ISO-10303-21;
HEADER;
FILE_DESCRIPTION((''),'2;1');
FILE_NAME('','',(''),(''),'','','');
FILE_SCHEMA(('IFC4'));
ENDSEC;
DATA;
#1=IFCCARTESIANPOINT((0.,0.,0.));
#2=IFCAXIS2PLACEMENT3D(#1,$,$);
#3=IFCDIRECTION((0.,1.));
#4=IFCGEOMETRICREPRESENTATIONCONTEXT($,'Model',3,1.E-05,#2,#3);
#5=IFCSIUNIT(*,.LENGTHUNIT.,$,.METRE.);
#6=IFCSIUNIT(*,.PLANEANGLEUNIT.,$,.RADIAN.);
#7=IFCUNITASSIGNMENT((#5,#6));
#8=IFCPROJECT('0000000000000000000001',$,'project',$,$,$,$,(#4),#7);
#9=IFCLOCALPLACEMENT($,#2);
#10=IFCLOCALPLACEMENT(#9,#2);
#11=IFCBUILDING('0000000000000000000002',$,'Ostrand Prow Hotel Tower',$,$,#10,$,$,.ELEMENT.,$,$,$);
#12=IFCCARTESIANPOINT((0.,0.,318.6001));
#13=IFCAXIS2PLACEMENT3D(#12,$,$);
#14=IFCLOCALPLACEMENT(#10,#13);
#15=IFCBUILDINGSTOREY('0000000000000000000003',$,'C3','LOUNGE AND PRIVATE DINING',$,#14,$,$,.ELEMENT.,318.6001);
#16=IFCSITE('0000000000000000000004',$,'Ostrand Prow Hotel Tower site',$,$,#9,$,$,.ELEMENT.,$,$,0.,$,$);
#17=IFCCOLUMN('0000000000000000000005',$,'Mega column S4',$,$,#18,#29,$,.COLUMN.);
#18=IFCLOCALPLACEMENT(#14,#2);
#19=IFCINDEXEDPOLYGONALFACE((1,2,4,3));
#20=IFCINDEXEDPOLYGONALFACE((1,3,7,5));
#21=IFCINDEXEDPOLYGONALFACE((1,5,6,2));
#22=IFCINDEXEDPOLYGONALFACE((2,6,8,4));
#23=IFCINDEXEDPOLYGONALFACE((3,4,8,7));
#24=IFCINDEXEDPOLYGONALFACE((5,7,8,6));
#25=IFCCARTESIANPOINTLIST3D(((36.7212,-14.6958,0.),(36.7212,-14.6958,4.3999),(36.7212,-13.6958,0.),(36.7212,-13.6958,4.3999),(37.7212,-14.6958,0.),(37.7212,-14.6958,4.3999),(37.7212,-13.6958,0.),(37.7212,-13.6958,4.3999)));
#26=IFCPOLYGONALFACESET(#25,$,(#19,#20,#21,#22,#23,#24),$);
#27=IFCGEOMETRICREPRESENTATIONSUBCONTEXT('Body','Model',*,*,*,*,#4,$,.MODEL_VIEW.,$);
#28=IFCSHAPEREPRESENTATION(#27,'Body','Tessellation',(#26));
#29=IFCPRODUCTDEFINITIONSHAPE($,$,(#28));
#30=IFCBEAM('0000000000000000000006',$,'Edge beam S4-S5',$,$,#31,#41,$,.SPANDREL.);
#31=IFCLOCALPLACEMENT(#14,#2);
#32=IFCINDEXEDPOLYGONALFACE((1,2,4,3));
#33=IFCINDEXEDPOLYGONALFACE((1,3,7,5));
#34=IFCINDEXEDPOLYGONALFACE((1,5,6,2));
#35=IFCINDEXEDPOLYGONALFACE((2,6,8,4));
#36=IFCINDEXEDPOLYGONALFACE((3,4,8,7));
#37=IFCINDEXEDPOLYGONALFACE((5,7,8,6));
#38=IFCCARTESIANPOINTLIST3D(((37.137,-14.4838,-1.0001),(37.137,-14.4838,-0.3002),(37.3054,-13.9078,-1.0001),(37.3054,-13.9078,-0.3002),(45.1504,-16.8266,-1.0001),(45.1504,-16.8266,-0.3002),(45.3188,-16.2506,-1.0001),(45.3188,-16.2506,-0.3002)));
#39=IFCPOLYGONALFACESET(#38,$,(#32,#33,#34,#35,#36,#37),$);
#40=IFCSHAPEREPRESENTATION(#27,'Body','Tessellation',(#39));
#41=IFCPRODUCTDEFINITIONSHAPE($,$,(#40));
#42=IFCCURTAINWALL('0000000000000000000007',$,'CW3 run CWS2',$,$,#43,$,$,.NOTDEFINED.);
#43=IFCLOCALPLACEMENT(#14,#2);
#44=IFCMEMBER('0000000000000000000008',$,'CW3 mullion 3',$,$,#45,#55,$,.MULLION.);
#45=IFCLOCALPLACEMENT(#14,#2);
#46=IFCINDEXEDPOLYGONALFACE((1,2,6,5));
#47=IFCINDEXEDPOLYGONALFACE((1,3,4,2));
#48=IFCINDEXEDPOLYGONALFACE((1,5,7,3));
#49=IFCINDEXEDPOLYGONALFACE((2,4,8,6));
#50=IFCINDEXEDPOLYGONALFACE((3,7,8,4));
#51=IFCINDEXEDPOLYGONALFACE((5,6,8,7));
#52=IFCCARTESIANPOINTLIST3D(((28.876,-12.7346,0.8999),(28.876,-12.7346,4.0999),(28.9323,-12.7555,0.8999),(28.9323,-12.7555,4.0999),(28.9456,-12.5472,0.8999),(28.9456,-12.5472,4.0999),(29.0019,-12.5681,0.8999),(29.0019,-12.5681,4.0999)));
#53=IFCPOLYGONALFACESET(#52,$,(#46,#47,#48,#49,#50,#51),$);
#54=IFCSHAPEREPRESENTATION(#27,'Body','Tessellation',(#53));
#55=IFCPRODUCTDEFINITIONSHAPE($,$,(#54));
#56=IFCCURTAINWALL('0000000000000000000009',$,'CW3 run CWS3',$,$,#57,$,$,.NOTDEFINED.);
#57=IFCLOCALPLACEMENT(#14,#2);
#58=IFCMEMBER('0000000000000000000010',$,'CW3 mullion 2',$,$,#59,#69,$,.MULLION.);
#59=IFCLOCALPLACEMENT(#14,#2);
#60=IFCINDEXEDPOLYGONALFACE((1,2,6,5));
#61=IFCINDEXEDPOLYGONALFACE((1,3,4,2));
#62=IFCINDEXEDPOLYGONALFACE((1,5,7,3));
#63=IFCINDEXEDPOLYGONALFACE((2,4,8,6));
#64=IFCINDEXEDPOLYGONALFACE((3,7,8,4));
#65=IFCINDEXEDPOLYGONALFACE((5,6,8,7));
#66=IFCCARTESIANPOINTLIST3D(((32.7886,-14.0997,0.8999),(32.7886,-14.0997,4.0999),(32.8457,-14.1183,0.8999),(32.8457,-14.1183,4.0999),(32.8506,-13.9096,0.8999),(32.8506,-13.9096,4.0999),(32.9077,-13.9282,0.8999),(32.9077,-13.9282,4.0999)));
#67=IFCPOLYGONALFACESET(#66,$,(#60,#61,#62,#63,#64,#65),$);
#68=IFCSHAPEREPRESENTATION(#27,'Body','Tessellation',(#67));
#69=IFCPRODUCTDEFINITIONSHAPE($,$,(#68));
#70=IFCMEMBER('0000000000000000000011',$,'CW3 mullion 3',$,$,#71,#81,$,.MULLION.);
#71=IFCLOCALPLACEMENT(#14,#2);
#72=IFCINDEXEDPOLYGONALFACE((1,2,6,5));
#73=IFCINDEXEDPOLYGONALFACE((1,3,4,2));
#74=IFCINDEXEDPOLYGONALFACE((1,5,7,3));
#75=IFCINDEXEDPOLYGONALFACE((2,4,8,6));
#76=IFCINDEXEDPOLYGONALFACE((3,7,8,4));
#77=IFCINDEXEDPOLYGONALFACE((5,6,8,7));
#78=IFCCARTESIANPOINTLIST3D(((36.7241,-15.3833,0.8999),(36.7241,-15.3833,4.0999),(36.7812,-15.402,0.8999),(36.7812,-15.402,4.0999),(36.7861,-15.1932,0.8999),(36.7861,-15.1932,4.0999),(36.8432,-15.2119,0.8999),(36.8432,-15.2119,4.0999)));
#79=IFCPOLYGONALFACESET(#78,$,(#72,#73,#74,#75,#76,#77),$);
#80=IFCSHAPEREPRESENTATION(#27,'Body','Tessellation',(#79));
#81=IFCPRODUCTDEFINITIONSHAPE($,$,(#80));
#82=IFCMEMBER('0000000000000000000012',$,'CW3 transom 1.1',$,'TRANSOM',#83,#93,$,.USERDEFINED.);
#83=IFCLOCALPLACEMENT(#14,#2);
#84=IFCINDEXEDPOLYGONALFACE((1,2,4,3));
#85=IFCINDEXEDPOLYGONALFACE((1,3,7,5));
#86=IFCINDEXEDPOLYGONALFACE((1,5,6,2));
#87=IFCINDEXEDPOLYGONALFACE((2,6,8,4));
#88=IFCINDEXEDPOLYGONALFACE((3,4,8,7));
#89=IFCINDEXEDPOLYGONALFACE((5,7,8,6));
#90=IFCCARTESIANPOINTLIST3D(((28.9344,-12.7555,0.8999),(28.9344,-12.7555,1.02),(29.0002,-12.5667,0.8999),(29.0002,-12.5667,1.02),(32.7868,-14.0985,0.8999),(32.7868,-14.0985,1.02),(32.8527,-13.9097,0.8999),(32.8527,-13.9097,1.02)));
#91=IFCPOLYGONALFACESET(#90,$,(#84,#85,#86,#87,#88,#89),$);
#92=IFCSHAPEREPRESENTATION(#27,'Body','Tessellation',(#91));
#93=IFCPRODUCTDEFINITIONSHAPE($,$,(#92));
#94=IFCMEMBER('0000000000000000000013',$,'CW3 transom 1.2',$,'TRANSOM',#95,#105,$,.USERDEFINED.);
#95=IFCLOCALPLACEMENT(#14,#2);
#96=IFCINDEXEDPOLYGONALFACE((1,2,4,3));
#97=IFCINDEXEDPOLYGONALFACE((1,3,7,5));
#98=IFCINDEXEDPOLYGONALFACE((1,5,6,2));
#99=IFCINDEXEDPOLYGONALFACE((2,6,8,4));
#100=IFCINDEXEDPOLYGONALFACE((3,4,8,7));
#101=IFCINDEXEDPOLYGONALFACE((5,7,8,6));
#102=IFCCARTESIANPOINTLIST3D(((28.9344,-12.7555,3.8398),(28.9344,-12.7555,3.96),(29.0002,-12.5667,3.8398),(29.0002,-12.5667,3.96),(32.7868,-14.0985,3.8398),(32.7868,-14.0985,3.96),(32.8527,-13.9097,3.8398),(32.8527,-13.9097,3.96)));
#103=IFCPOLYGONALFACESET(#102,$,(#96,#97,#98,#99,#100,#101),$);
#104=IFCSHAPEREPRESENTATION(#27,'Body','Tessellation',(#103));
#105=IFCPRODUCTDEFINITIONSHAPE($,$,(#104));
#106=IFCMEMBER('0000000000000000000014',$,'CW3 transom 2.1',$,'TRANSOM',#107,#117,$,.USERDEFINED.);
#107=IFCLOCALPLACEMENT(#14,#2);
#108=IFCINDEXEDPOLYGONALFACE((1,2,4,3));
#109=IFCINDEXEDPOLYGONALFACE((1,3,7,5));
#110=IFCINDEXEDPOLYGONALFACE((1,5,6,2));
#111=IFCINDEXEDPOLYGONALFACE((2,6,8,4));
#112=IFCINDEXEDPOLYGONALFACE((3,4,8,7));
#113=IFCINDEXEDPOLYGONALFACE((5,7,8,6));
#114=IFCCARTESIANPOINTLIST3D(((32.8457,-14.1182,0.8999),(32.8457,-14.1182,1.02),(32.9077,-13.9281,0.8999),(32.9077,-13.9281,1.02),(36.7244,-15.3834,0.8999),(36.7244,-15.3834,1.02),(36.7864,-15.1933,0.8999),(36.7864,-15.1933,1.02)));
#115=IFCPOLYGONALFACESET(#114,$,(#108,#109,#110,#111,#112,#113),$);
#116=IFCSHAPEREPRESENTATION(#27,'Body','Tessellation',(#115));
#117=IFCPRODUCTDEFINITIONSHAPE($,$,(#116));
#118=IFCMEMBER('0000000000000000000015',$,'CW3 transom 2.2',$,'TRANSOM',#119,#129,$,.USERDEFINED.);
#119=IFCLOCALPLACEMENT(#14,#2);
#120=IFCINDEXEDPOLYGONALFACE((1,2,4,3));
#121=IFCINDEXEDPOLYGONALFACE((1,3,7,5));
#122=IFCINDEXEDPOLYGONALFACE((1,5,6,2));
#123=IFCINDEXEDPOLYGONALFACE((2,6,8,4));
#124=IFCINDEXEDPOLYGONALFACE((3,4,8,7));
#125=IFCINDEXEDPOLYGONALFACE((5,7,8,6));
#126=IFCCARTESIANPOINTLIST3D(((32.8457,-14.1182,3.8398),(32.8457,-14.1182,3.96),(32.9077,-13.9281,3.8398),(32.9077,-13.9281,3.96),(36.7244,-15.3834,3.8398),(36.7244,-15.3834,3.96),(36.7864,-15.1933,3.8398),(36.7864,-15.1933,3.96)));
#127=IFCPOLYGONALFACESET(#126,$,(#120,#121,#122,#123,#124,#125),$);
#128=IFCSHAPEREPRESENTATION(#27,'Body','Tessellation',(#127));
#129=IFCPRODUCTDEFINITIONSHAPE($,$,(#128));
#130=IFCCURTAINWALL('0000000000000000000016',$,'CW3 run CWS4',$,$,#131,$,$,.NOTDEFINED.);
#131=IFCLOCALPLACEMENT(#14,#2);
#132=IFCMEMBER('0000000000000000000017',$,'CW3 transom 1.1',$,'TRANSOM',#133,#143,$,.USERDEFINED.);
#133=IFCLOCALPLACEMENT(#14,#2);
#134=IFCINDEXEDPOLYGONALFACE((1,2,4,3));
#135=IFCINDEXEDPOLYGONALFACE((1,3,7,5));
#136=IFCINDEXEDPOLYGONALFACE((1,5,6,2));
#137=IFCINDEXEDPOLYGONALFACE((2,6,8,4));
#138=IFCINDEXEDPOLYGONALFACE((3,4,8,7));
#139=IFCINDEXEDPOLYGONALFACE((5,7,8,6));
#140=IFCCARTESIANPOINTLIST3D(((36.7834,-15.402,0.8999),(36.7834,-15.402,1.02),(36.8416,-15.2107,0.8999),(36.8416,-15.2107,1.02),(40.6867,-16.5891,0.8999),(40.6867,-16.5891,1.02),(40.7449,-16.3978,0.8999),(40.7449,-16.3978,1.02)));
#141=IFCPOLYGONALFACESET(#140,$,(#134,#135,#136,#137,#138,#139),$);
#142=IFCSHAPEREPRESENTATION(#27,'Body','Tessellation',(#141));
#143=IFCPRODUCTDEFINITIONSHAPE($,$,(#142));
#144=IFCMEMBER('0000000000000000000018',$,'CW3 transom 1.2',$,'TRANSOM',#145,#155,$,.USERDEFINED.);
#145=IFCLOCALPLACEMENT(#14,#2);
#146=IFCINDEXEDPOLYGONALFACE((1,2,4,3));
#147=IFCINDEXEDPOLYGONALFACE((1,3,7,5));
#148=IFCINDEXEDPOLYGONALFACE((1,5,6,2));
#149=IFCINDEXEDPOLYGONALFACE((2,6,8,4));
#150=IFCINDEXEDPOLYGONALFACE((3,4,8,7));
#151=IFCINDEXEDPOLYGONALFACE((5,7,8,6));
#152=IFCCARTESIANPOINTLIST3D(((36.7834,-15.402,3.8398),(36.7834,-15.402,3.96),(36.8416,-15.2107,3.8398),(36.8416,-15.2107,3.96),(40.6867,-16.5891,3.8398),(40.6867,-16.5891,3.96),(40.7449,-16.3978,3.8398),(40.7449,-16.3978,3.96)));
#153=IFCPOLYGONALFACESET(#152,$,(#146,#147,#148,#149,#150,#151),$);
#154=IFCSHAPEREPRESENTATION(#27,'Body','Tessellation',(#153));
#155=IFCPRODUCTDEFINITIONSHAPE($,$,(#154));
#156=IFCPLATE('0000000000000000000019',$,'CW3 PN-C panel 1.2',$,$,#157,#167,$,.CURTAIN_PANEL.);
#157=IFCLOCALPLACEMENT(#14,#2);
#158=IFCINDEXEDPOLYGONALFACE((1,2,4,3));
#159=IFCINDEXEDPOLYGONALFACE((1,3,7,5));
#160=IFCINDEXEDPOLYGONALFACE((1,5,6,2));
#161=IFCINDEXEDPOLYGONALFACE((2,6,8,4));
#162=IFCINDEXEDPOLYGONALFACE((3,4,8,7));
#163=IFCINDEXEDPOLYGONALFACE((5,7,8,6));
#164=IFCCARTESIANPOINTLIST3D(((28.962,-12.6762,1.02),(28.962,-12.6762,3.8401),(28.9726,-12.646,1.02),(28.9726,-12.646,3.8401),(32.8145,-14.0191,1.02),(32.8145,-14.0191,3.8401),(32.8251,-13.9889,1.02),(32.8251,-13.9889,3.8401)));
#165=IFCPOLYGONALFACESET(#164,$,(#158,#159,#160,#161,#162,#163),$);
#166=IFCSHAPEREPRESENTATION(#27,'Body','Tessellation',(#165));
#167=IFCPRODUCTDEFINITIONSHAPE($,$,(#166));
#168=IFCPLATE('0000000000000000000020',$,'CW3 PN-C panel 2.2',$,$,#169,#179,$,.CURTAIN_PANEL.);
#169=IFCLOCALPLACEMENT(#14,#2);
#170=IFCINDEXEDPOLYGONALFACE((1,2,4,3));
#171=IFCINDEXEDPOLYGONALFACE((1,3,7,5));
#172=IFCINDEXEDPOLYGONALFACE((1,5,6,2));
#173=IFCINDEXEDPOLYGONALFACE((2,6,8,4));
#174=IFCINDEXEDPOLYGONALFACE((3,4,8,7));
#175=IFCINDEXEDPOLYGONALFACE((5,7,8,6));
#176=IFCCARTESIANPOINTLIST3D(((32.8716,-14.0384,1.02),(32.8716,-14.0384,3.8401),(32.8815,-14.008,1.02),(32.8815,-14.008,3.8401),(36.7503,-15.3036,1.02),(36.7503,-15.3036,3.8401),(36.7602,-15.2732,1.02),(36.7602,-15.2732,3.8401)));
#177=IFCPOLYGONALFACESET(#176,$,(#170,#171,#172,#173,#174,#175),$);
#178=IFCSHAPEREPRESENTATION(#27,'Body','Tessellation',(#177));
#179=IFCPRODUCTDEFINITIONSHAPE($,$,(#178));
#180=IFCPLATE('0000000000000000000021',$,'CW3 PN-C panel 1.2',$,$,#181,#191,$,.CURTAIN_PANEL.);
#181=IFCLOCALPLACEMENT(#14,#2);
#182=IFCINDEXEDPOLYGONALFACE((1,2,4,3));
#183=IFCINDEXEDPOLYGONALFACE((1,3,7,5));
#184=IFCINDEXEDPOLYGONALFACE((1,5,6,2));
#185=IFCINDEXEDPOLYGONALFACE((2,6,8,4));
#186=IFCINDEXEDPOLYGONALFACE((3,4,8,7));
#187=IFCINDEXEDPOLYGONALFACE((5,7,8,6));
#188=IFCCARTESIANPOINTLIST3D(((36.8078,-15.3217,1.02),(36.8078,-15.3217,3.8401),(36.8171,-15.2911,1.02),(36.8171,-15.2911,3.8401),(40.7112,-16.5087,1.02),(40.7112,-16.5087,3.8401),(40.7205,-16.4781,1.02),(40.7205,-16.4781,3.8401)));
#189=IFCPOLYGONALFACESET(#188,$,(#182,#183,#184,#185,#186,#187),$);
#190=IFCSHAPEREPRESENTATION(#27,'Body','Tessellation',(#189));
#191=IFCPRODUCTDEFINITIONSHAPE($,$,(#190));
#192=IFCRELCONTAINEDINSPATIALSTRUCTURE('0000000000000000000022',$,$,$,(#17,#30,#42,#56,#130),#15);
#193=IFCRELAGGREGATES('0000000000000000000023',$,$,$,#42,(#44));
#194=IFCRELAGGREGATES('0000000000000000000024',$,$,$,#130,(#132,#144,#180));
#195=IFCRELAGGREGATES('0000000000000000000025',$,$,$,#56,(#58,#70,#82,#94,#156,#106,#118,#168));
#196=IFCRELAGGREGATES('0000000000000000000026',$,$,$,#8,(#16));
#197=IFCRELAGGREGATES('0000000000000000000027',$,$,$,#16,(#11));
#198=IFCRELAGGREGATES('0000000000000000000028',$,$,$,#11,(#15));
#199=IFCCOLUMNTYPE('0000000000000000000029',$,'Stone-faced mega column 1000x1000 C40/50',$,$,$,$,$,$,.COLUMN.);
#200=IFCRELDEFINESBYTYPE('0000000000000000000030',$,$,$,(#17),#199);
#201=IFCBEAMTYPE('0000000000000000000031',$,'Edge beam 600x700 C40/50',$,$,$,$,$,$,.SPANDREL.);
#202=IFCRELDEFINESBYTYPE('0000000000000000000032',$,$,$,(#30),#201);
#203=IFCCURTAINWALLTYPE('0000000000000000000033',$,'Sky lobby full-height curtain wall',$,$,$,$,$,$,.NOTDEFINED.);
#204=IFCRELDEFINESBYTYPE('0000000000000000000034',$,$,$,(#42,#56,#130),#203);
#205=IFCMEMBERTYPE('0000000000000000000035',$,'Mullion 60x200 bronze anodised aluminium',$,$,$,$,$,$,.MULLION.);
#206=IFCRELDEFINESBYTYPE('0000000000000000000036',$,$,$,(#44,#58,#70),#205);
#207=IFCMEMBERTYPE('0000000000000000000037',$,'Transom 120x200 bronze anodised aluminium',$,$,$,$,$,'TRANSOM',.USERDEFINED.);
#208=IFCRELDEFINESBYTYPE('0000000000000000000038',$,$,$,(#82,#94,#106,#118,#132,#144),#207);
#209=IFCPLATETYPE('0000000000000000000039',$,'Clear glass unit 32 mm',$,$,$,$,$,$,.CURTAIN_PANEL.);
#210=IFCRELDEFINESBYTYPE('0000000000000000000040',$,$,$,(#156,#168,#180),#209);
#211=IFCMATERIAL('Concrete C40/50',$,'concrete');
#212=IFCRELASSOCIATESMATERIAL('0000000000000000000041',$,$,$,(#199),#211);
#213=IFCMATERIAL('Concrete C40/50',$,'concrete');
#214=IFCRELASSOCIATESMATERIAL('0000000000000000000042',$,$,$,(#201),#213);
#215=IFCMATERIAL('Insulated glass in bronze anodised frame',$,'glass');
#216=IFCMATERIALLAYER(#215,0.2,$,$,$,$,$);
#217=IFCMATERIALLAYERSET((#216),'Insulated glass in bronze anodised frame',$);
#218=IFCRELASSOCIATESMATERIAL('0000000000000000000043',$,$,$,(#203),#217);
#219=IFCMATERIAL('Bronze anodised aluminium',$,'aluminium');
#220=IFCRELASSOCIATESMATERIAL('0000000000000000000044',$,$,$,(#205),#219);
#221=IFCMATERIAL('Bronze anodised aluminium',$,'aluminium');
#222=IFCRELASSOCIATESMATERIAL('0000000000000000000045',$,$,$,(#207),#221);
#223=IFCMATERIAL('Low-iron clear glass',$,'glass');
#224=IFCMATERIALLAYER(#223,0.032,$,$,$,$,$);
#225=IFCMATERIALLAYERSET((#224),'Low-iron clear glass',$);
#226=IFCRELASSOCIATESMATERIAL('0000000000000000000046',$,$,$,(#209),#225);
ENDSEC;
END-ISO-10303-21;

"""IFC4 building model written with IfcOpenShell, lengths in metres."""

from ifc_helpers import new_model, si_unit, direction, frame, origin, origin_2d, place, context, subcontext, project, spatial, rectangle, extrude, material, layer, layer_set, material_profile, profile_set, type_object, element, aggregate, save


model = new_model("IFC4")

# Units and contexts
model_context = context("Model", 3, precision=1e-05, world=origin(), true_north=direction((0.0, 1.0)))
body_context = subcontext(model_context, "Body", "Model", "MODEL_VIEW")
ifc_project = project(units=[si_unit("LENGTHUNIT", "METRE"), si_unit("PLANEANGLEUNIT", "RADIAN")], contexts=[model_context])

# Site, building, storey
site_placement = place(None, origin())
site = spatial("IfcSite", under=ifc_project, at=site_placement, Name="Ostrand Prow Hotel Tower site", CompositionType="ELEMENT", RefElevation=0.0)
building_placement = place(site_placement, origin())
building = spatial("IfcBuilding", under=site, at=building_placement, Name="Ostrand Prow Hotel Tower", CompositionType="ELEMENT")
storey_placement = place(building_placement, frame((0.0, 0.0, 318.6001)))
storey = spatial("IfcBuildingStorey", under=building, at=storey_placement, Name="C3", Description="LOUNGE AND PRIVATE DINING", CompositionType="ELEMENT", Elevation=318.6001)

# Column
ifc_material_1 = material(Name="Concrete C40/50", Category="concrete")
ifc_material_profile_1 = material_profile(ifc_material_1, rectangle(XDim=1.0, YDim=1.0, at=origin_2d()), Name="RC 1000x1000")
ifc_profile_set_1 = profile_set([ifc_material_profile_1], Name="Concrete C40/50")
column_type = type_object("IfcColumnType", Name="Stone-faced mega column 1000x1000 C40/50", PredefinedType="COLUMN", material=ifc_profile_set_1)
column_placement = place(storey_placement, frame((37.2212, -14.1958, 0.0), z_axis=(0.0, 0.0, 1.0), x_axis=(1.0, 0.0, 0.0)))
element("IfcColumn", 1, at=column_placement, inside=storey, type_object=column_type, Name="Mega column S4", PredefinedType="COLUMN", context=body_context, shape_type="SweptSolid", body=[
    extrude(rectangle(XDim=1.0, YDim=1.0, at=origin_2d()), origin(), (0.0, 0.0, 1.0), 4.3999),
])

# Beam
ifc_material_2 = material(Name="Concrete C40/50", Category="concrete")
ifc_material_profile_2 = material_profile(ifc_material_2, rectangle(XDim=0.6001, YDim=0.7, at=origin_2d()), Name="RC 600x700")
ifc_profile_set_2 = profile_set([ifc_material_profile_2], Name="Concrete C40/50")
beam_type = type_object("IfcBeamType", Name="Edge beam 600x700 C40/50", PredefinedType="SPANDREL", material=ifc_profile_set_2)
beam_placement = place(storey_placement, frame((37.2212, -14.1958, -0.6501), z_axis=(0.959822, -0.28061, 0.0), x_axis=(0.28061, 0.959822, 0.0)))
element("IfcBeam", 2, at=beam_placement, inside=storey, type_object=beam_type, Name="Edge beam S4-S5", PredefinedType="SPANDREL", context=body_context, shape_type="SweptSolid", body=[
    extrude(rectangle(XDim=0.6001, YDim=0.7, at=origin_2d()), origin(), (0.0, 0.0, 1.0), 8.3489),
])

# Curtain wall, member
ifc_material_3 = material(Name="Insulated glass in bronze anodised frame", Category="glass")
ifc_layer_1 = layer(ifc_material_3, 0.2)
ifc_layer_set_1 = layer_set([ifc_layer_1], Name="Insulated glass in bronze anodised frame")
curtain_wall_type = type_object("IfcCurtainWallType", Name="Sky lobby full-height curtain wall", PredefinedType="NOTDEFINED", material=ifc_layer_set_1)
curtain_wall_1_placement = place(storey_placement, origin())
curtain_wall_1 = element("IfcCurtainWall", 3, at=curtain_wall_1_placement, inside=storey, type_object=curtain_wall_type, Name="CW3 run CWS2", PredefinedType="NOTDEFINED")
ifc_material_4 = material(Name="Bronze anodised aluminium", Category="aluminium")
ifc_material_profile_3 = material_profile(ifc_material_4, rectangle(XDim=0.2, YDim=0.0601, at=origin_2d()), Name="Mullion 60x200 bronze anodised aluminium")
ifc_profile_set_3 = profile_set([ifc_material_profile_3], Name="Bronze anodised aluminium")
member_type_1 = type_object("IfcMemberType", Name="Mullion 60x200 bronze anodised aluminium", PredefinedType="MULLION", material=ifc_profile_set_3)
member_1_placement = place(storey_placement, frame((28.939, -12.6514, 0.8999), z_axis=(0.0, 0.0, 1.0), x_axis=(0.348071, 0.937468, 0.0)))
member_1 = element("IfcMember", 4, at=member_1_placement, type_object=member_type_1, Name="CW3 mullion 3", PredefinedType="MULLION", context=body_context, shape_type="SweptSolid", body=[
    extrude(rectangle(XDim=0.2, YDim=0.0601, at=origin_2d()), origin(), (0.0, 0.0, 1.0), 3.2),
])
aggregate(curtain_wall_1, [member_1])

# Curtain walls, members
curtain_wall_2_placement = place(storey_placement, origin())
curtain_wall_2 = element("IfcCurtainWall", 5, at=curtain_wall_2_placement, inside=storey, type_object=curtain_wall_type, Name="CW3 run CWS3", PredefinedType="NOTDEFINED")
member_2_placement = place(storey_placement, frame((32.8481, -14.0139, 0.8999), z_axis=(0.0, 0.0, 1.0), x_axis=(0.310111, 0.9507, 0.0)))
member_2 = element("IfcMember", 6, at=member_2_placement, type_object=member_type_1, Name="CW3 mullion 2", PredefinedType="MULLION", context=body_context, shape_type="SweptSolid", body=[
    extrude(rectangle(XDim=0.2, YDim=0.0601, at=origin_2d()), origin(), (0.0, 0.0, 1.0), 3.2),
])
member_3_placement = place(storey_placement, frame((36.7837, -15.2976, 0.8999), z_axis=(0.0, 0.0, 1.0), x_axis=(0.310111, 0.9507, 0.0)))
member_3 = element("IfcMember", 7, at=member_3_placement, type_object=member_type_1, Name="CW3 mullion 3", PredefinedType="MULLION", context=body_context, shape_type="SweptSolid", body=[
    extrude(rectangle(XDim=0.2, YDim=0.0601, at=origin_2d()), origin(), (0.0, 0.0, 1.0), 3.2),
])
ifc_material_5 = material(Name="Bronze anodised aluminium", Category="aluminium")
ifc_material_profile_4 = material_profile(ifc_material_5, rectangle(XDim=0.2, YDim=0.1201, at=origin_2d()), Name="Transom 120x200 bronze anodised aluminium")
ifc_profile_set_4 = profile_set([ifc_material_profile_4], Name="Bronze anodised aluminium")
member_type_2 = type_object("IfcMemberType", Name="Transom 120x200 bronze anodised aluminium", ElementType="TRANSOM", PredefinedType="USERDEFINED", material=ifc_profile_set_4)
member_4_placement = place(storey_placement, frame((28.9673, -12.6611, 0.96), z_axis=(0.944268, -0.329177, 0.0), x_axis=(0.329177, 0.944268, 0.0)))
member_4 = element("IfcMember", 8, at=member_4_placement, type_object=member_type_2, Name="CW3 transom 1.1", ObjectType="TRANSOM", PredefinedType="USERDEFINED", context=body_context, shape_type="SweptSolid", body=[
    extrude(rectangle(XDim=0.2, YDim=0.1201, at=origin_2d()), origin(), (0.0, 0.0, 1.0), 4.0798),
])
member_5_placement = place(storey_placement, frame((28.9673, -12.6611, 3.8999), z_axis=(0.944268, -0.329177, 0.0), x_axis=(0.329177, 0.944268, 0.0)))
member_5 = element("IfcMember", 9, at=member_5_placement, type_object=member_type_2, Name="CW3 transom 1.2", ObjectType="TRANSOM", PredefinedType="USERDEFINED", context=body_context, shape_type="SweptSolid", body=[
    extrude(rectangle(XDim=0.2, YDim=0.1201, at=origin_2d()), origin(), (0.0, 0.0, 1.0), 4.0798),
])
member_6_placement = place(storey_placement, frame((32.8767, -14.0232, 0.96), z_axis=(0.950704, -0.310099, 0.0), x_axis=(0.310099, 0.950704, 0.0)))
member_6 = element("IfcMember", 10, at=member_6_placement, type_object=member_type_2, Name="CW3 transom 2.1", ObjectType="TRANSOM", PredefinedType="USERDEFINED", context=body_context, shape_type="SweptSolid", body=[
    extrude(rectangle(XDim=0.2, YDim=0.1201, at=origin_2d()), origin(), (0.0, 0.0, 1.0), 4.0798),
])
member_7_placement = place(storey_placement, frame((32.8767, -14.0232, 3.8999), z_axis=(0.950704, -0.310099, 0.0), x_axis=(0.310099, 0.950704, 0.0)))
member_7 = element("IfcMember", 11, at=member_7_placement, type_object=member_type_2, Name="CW3 transom 2.2", ObjectType="TRANSOM", PredefinedType="USERDEFINED", context=body_context, shape_type="SweptSolid", body=[
    extrude(rectangle(XDim=0.2, YDim=0.1201, at=origin_2d()), origin(), (0.0, 0.0, 1.0), 4.0798),
])
curtain_wall_3_placement = place(storey_placement, origin())
curtain_wall_3 = element("IfcCurtainWall", 12, at=curtain_wall_3_placement, inside=storey, type_object=curtain_wall_type, Name="CW3 run CWS4", PredefinedType="NOTDEFINED")
member_8_placement = place(storey_placement, frame((36.8125, -15.3064, 0.96), z_axis=(0.956739, -0.290947, 0.0), x_axis=(0.290947, 0.956739, 0.0)))
member_8 = element("IfcMember", 13, at=member_8_placement, type_object=member_type_2, Name="CW3 transom 1.1", ObjectType="TRANSOM", PredefinedType="USERDEFINED", context=body_context, shape_type="SweptSolid", body=[
    extrude(rectangle(XDim=0.2, YDim=0.1201, at=origin_2d()), origin(), (0.0, 0.0, 1.0), 4.0798),
])
member_9_placement = place(storey_placement, frame((36.8125, -15.3064, 3.8999), z_axis=(0.956739, -0.290947, 0.0), x_axis=(0.290947, 0.956739, 0.0)))
member_9 = element("IfcMember", 14, at=member_9_placement, type_object=member_type_2, Name="CW3 transom 1.2", ObjectType="TRANSOM", PredefinedType="USERDEFINED", context=body_context, shape_type="SweptSolid", body=[
    extrude(rectangle(XDim=0.2, YDim=0.1201, at=origin_2d()), origin(), (0.0, 0.0, 1.0), 4.0798),
])

# Plates
ifc_material_6 = material(Name="Low-iron clear glass", Category="glass")
ifc_layer_2 = layer(ifc_material_6, 0.032)
ifc_layer_set_2 = layer_set([ifc_layer_2], Name="Low-iron clear glass")
plate_type_1 = type_object("IfcPlateType", Name="Clear glass unit 32 mm", PredefinedType="CURTAIN_PANEL", material=ifc_layer_set_2)
plate_1_placement = place(storey_placement, frame((30.8936, -13.3325, 1.02), z_axis=(0.0, 0.0, 1.0), x_axis=(0.944275, -0.329158, 0.0)))
plate_1 = element("IfcPlate", 15, at=plate_1_placement, type_object=plate_type_1, Name="CW3 PN-C panel 1.2", PredefinedType="CURTAIN_PANEL", context=body_context, shape_type="SweptSolid", body=[
    extrude(rectangle(XDim=4.0798, YDim=0.032, at=origin_2d()), origin(), (0.0, 0.0, 1.0), 2.8201),
])
plate_2_placement = place(storey_placement, frame((34.8159, -14.6558, 1.02), z_axis=(0.0, 0.0, 1.0), x_axis=(0.9507, -0.310111, 0.0)))
plate_2 = element("IfcPlate", 16, at=plate_2_placement, type_object=plate_type_1, Name="CW3 PN-C panel 2.2", PredefinedType="CURTAIN_PANEL", context=body_context, shape_type="SweptSolid", body=[
    extrude(rectangle(XDim=4.0798, YDim=0.032, at=origin_2d()), origin(), (0.0, 0.0, 1.0), 2.8201),
])
plate_3_placement = place(storey_placement, frame((38.7642, -15.8999, 1.02), z_axis=(0.0, 0.0, 1.0), x_axis=(0.956742, -0.290938, 0.0)))
plate_3 = element("IfcPlate", 17, at=plate_3_placement, type_object=plate_type_1, Name="CW3 PN-C panel 1.2", PredefinedType="CURTAIN_PANEL", context=body_context, shape_type="SweptSolid", body=[
    extrude(rectangle(XDim=4.0798, YDim=0.032, at=origin_2d()), origin(), (0.0, 0.0, 1.0), 2.8201),
])
aggregate(curtain_wall_3, [member_8, member_9, plate_3])
aggregate(curtain_wall_2, [member_2, member_3, member_4, member_5, plate_1, member_6, member_7, plate_2])

save(model, "model.ifc")
